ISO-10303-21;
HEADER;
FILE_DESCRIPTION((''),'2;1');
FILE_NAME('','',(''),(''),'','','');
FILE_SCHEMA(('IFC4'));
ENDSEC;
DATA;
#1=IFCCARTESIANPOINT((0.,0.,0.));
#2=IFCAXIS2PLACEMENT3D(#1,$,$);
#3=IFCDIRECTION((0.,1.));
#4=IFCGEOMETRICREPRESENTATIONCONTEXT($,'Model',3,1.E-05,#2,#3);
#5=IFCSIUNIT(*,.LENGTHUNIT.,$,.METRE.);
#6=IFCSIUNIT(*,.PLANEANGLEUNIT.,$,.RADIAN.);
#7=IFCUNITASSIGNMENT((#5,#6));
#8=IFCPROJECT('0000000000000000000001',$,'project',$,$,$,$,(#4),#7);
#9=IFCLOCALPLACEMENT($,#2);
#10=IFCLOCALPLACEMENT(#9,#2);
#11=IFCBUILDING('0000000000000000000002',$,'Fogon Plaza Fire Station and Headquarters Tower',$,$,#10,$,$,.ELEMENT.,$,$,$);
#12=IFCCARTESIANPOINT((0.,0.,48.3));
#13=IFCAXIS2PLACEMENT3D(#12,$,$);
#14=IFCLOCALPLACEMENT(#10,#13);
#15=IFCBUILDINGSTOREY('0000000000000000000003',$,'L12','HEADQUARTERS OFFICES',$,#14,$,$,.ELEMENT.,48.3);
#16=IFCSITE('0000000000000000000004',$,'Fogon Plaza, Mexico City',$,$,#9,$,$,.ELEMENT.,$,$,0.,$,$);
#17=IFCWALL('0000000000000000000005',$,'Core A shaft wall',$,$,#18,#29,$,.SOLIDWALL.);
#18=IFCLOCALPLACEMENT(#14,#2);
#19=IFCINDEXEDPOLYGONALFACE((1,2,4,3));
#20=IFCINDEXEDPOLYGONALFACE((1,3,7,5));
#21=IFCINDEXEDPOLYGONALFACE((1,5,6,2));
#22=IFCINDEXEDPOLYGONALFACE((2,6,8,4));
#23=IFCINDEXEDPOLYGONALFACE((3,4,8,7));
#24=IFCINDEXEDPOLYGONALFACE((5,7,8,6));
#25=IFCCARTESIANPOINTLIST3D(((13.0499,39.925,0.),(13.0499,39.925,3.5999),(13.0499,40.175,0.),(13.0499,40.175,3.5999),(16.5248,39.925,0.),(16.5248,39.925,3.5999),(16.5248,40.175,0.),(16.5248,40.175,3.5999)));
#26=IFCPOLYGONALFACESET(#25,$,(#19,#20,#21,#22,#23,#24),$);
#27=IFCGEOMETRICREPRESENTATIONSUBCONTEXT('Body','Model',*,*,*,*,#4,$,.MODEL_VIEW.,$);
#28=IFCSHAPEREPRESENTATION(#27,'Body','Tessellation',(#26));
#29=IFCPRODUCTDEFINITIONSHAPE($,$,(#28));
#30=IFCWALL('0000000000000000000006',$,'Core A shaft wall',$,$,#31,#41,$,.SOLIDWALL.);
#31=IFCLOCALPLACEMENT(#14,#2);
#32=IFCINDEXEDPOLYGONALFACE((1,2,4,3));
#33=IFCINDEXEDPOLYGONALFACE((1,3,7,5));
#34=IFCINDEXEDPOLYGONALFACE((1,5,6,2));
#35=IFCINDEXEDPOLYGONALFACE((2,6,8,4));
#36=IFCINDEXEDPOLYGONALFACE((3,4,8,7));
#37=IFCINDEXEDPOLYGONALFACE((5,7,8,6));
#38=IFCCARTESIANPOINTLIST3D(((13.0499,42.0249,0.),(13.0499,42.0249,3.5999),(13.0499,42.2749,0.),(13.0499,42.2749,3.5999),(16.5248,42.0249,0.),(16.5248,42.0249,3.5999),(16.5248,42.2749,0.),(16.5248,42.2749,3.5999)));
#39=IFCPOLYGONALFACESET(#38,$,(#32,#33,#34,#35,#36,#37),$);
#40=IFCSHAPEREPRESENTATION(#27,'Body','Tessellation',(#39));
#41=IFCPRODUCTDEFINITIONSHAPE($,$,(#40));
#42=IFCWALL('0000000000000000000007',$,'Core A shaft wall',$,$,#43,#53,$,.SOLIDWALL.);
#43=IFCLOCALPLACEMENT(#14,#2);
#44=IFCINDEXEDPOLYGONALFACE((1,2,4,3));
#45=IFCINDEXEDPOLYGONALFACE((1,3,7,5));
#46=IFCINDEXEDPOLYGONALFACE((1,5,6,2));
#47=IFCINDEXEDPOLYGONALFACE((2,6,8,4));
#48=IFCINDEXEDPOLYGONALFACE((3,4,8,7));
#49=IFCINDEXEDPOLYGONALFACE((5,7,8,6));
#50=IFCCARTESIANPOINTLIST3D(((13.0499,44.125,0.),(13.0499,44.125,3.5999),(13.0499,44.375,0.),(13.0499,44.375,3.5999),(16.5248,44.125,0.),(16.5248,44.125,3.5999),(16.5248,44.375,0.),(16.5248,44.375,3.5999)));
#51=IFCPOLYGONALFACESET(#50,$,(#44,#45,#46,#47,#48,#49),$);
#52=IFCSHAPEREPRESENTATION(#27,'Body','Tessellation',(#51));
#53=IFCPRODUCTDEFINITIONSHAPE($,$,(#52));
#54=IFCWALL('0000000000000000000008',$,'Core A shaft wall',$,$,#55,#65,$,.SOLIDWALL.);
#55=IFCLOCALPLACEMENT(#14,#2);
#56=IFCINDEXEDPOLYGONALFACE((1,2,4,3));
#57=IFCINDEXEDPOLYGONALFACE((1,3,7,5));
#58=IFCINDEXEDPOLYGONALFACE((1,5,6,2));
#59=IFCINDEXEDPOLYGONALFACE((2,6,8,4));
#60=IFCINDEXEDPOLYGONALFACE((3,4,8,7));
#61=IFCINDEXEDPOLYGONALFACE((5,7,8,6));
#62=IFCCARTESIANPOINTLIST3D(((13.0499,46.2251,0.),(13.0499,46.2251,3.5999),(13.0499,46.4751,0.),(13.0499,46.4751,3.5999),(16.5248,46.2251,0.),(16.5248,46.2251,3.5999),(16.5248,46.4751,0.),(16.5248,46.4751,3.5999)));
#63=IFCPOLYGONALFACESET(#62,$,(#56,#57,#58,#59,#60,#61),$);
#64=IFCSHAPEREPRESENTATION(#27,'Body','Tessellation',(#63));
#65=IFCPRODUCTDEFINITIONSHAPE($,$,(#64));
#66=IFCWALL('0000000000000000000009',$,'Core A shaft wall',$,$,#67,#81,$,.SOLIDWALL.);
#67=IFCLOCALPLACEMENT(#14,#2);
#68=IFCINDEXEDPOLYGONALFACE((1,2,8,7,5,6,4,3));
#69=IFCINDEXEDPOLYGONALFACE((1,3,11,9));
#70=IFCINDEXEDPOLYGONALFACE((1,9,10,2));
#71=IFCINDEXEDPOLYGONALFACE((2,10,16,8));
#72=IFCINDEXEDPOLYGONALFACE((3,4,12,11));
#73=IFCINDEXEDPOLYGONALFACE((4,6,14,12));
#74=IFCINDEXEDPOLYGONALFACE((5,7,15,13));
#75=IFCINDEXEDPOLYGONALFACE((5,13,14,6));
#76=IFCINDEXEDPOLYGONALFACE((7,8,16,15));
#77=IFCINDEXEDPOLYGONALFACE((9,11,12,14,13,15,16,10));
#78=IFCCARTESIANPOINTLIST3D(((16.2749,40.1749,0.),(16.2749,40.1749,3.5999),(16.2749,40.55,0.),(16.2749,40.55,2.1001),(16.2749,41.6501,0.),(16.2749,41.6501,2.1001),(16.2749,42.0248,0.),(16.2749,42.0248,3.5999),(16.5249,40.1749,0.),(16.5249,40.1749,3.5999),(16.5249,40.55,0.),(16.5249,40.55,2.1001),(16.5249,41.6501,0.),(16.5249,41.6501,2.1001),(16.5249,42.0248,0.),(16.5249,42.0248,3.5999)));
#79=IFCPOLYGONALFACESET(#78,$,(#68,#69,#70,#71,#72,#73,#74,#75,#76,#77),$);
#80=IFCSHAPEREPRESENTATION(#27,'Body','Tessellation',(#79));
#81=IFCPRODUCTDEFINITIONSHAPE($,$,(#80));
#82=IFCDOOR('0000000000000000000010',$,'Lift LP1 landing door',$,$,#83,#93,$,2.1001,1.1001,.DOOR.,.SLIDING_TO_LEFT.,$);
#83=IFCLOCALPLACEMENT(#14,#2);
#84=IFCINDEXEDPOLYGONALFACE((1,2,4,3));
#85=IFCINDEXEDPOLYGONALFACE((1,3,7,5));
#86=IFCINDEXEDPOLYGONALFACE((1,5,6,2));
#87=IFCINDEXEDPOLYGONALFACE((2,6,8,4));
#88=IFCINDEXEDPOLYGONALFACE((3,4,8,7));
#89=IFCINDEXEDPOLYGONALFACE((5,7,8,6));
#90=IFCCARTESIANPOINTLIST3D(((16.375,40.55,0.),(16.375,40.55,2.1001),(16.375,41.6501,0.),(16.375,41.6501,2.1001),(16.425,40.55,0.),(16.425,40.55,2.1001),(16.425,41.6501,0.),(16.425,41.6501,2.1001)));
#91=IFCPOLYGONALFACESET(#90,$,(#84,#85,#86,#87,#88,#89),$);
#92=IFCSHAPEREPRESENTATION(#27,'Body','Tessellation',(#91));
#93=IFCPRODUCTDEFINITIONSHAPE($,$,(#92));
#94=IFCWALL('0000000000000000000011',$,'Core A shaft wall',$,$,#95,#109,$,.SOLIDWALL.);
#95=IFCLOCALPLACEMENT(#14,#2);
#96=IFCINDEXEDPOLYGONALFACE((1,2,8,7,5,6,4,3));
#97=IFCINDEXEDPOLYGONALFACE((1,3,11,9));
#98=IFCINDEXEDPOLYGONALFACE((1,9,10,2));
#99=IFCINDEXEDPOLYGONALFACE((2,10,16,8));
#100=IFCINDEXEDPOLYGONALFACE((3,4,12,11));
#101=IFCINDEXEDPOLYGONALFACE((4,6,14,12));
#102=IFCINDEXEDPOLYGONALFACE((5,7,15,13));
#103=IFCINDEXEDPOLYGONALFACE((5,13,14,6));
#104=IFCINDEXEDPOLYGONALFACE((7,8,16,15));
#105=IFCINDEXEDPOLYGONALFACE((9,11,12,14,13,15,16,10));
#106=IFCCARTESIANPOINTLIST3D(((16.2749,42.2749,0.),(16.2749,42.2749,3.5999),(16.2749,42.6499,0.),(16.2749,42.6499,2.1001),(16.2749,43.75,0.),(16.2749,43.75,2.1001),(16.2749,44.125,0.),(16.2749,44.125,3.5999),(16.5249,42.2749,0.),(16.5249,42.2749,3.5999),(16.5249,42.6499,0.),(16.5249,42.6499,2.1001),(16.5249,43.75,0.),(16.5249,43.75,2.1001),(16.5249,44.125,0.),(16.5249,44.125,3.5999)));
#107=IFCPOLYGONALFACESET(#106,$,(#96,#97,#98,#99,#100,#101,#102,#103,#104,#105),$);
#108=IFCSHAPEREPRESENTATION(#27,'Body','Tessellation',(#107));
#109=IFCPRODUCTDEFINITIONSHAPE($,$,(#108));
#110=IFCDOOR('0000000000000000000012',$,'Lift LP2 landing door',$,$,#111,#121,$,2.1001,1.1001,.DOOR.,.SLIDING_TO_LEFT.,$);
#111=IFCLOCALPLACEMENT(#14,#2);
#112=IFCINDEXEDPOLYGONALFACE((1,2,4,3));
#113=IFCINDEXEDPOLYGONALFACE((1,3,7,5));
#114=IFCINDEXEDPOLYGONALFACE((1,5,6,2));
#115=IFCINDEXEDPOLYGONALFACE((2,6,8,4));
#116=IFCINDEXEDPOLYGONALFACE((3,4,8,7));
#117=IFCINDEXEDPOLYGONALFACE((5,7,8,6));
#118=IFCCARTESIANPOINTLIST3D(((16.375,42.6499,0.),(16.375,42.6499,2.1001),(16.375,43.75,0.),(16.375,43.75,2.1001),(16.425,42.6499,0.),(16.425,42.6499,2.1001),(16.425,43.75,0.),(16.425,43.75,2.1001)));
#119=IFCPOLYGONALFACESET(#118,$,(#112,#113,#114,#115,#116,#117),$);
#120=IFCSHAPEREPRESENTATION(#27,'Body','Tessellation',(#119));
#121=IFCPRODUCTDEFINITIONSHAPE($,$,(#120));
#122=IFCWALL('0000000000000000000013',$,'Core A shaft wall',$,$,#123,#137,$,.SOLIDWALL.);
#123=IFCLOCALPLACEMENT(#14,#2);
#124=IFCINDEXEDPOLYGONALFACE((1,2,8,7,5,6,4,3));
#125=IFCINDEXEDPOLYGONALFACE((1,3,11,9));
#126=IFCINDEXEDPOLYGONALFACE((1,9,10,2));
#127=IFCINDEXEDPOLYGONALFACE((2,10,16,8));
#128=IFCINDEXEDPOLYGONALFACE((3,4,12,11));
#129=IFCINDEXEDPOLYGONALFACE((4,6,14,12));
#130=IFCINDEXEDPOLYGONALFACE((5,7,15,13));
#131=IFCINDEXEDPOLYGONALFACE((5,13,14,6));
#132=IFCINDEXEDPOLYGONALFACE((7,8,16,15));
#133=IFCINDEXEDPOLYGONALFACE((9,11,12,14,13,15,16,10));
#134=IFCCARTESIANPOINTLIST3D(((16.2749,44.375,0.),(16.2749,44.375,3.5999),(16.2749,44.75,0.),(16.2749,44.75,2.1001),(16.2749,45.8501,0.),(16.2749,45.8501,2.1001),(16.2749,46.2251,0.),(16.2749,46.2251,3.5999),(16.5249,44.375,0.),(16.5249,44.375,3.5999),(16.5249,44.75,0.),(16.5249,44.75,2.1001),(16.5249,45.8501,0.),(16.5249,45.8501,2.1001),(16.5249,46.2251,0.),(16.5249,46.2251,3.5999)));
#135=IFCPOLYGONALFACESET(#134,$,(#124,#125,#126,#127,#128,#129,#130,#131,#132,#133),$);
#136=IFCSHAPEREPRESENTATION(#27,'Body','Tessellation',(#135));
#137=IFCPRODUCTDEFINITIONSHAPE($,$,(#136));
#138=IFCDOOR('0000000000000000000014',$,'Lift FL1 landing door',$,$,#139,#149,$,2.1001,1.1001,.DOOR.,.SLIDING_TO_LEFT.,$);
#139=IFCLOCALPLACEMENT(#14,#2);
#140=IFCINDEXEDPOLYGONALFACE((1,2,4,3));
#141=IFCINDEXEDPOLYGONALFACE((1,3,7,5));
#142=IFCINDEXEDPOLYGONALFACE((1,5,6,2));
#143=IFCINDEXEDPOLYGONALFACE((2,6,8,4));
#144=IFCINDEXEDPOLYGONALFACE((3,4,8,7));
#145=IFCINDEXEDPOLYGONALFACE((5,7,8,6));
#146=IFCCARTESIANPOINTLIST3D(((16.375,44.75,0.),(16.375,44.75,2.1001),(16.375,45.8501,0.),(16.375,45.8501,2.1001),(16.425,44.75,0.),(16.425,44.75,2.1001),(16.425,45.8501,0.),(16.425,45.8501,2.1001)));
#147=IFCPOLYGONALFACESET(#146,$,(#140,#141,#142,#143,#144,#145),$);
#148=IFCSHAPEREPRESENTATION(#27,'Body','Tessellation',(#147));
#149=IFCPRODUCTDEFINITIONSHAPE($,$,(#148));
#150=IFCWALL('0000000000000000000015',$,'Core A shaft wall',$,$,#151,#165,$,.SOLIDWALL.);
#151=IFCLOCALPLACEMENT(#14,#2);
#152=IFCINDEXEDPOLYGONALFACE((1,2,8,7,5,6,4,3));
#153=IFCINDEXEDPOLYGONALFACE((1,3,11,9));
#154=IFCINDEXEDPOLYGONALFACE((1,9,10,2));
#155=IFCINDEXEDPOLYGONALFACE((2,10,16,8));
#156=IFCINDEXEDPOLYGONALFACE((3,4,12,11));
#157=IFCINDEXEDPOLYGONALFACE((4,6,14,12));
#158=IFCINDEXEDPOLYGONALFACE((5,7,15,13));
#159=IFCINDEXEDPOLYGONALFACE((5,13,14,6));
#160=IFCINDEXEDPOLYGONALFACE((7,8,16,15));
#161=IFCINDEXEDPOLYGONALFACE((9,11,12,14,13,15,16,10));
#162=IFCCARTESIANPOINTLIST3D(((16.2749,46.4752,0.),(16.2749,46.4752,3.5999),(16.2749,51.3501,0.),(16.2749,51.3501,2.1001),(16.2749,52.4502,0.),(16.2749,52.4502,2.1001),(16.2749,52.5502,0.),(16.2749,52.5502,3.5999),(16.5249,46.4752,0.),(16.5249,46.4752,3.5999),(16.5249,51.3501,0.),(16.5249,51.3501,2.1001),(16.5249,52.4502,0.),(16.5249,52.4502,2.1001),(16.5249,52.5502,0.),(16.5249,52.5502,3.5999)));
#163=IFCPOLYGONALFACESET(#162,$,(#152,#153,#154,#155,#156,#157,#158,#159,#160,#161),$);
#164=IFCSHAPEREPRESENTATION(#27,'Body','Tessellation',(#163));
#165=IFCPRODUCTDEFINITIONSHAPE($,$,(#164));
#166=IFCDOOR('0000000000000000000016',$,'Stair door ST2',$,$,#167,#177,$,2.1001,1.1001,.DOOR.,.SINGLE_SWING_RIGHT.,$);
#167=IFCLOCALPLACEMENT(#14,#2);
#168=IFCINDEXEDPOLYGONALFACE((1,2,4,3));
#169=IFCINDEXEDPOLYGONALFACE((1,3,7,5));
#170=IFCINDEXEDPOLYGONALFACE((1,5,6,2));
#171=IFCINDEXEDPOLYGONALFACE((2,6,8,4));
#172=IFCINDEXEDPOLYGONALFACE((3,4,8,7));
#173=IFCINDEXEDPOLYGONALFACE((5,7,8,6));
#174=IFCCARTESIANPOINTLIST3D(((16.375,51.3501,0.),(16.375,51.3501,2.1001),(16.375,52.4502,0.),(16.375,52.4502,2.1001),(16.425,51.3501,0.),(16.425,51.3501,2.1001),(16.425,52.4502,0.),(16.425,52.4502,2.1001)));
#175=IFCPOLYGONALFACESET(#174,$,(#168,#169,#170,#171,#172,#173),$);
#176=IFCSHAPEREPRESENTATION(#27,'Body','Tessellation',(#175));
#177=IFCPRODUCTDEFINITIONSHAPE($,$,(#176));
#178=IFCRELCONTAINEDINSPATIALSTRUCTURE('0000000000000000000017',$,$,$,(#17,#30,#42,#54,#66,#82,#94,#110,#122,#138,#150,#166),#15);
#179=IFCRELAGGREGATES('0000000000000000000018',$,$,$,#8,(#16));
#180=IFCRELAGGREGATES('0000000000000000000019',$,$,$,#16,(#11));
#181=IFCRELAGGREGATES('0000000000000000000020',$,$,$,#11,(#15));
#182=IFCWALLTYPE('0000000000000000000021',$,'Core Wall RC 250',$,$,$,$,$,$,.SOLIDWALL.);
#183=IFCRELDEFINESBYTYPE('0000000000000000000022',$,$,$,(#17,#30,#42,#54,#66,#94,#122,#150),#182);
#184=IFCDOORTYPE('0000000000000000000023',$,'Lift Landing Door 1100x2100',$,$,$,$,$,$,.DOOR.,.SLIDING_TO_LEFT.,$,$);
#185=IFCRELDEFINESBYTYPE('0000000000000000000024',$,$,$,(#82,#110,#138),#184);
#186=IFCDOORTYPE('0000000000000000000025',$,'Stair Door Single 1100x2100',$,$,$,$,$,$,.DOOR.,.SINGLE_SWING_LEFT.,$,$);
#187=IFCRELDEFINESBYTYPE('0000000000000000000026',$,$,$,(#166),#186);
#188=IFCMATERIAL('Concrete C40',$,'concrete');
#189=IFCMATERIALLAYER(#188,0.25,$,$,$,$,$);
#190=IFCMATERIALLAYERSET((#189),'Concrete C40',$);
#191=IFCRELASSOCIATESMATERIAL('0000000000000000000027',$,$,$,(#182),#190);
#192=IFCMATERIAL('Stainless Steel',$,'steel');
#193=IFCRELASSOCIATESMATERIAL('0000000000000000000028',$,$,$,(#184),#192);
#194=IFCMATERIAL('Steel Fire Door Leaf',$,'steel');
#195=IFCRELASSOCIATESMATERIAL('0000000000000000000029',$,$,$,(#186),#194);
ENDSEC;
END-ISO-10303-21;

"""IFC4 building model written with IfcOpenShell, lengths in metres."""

from ifc_helpers import new_model, si_unit, direction, frame, frame_2d, origin, place, context, subcontext, project, spatial, rectangle, extrude, material, layer, layer_set, type_object, element, fill, save


model = new_model("IFC4")

# Units and contexts
model_context = context("Model", 3, precision=1e-05, world=origin(), true_north=direction((0.0, 1.0)))
body_context = subcontext(model_context, "Body", "Model", "MODEL_VIEW")
ifc_project = project(units=[si_unit("LENGTHUNIT", "METRE"), si_unit("PLANEANGLEUNIT", "RADIAN")], contexts=[model_context])

# Site, building, storey
site_placement = place(None, origin())
site = spatial("IfcSite", under=ifc_project, at=site_placement, Name="Fogon Plaza, Mexico City", CompositionType="ELEMENT", RefElevation=0.0)
building_placement = place(site_placement, origin())
building = spatial("IfcBuilding", under=site, at=building_placement, Name="Fogon Plaza Fire Station and Headquarters Tower", CompositionType="ELEMENT")
storey_placement = place(building_placement, frame((0.0, 0.0, 48.3)))
storey = spatial("IfcBuildingStorey", under=building, at=storey_placement, Name="L12", Description="HEADQUARTERS OFFICES", CompositionType="ELEMENT", Elevation=48.3)

# Walls
ifc_material_1 = material(Name="Concrete C40", Category="concrete")
ifc_layer_1 = layer(ifc_material_1, 0.25)
ifc_layer_set_1 = layer_set([ifc_layer_1], Name="Concrete C40")
wall_type_1 = type_object("IfcWallType", Name="Core Wall RC 250", PredefinedType="SOLIDWALL", material=ifc_layer_set_1)
for number, where, z_axis, x_axis, name in (
    (1, (13.05, 40.05, 0.0), (0.0, 0.0, 1.0), (1.0, 0.0, 0.0), "Core A shaft wall"),
    (2, (13.05, 42.1499, 0.0), (0.0, 0.0, 1.0), (1.0, 0.0, 0.0), "Core A shaft wall"),
    (3, (13.05, 44.25, 0.0), (0.0, 0.0, 1.0), (1.0, 0.0, 0.0), "Core A shaft wall"),
    (4, (13.05, 46.3501, 0.0), (0.0, 0.0, 1.0), (1.0, 0.0, 0.0), "Core A shaft wall"),
):
    element("IfcWall", number, at=place(storey_placement, frame(where, z_axis=z_axis, x_axis=x_axis)), inside=storey, type_object=wall_type_1, Name=name, PredefinedType="SOLIDWALL", context=body_context, shape_type="SweptSolid", body=[
        extrude(rectangle(XDim=3.4749, YDim=0.25, at=frame_2d((1.7373, 0.0))), origin(), (0.0, 0.0, 1.0), 3.5999),
    ])

# Walls, openings, doors
wall_1_placement = place(storey_placement, frame((16.3999, 40.175, 0.0), z_axis=(0.0, 0.0, 1.0), x_axis=(0.0, 1.0, 0.0)))
wall_1 = element("IfcWall", 5, at=wall_1_placement, inside=storey, type_object=wall_type_1, Name="Core A shaft wall", PredefinedType="SOLIDWALL", context=body_context, shape_type="SweptSolid", body=[
    extrude(rectangle(XDim=1.8499, YDim=0.25, at=frame_2d((0.9248, 0.0))), origin(), (0.0, 0.0, 1.0), 3.5999),
])
opening_1_placement = place(wall_1_placement, frame((0.375, 0.0, 0.0)))
opening_1 = element("IfcOpeningElement", 6, at=opening_1_placement, cuts=wall_1, PredefinedType="OPENING", context=body_context, shape_type="SweptSolid", body=[
    extrude(rectangle(XDim=1.1001, YDim=2.1001, at=frame_2d((0.55, 1.05))), frame((0.0, 0.135, 0.0), z_axis=(0.0, -1.0, 0.0), x_axis=(1.0, 0.0, 0.0)), (0.0, 0.0, 1.0), 0.27),
])
ifc_material_2 = material(Name="Stainless Steel", Category="steel")
door_type_1 = type_object("IfcDoorType", Name="Lift Landing Door 1100x2100", OperationType="SLIDING_TO_LEFT", PredefinedType="DOOR", material=ifc_material_2)
door_1_placement = place(opening_1_placement, origin())
door_1 = element("IfcDoor", 7, at=door_1_placement, inside=storey, type_object=door_type_1, Name="Lift LP1 landing door", OperationType="SLIDING_TO_LEFT", OverallHeight=2.1001, OverallWidth=1.1001, PredefinedType="DOOR", context=body_context, shape_type="SweptSolid", body=[
    extrude(rectangle(XDim=1.1001, YDim=2.1001, at=frame_2d((0.55, 1.05))), frame((0.0, 0.0249, 0.0), z_axis=(0.0, -1.0, 0.0), x_axis=(1.0, 0.0, 0.0)), (0.0, 0.0, 1.0), 0.05),
])
fill(opening_1, door_1)
wall_2_placement = place(storey_placement, frame((16.3999, 42.2749, 0.0), z_axis=(0.0, 0.0, 1.0), x_axis=(0.0, 1.0, 0.0)))
wall_2 = element("IfcWall", 8, at=wall_2_placement, inside=storey, type_object=wall_type_1, Name="Core A shaft wall", PredefinedType="SOLIDWALL", context=body_context, shape_type="SweptSolid", body=[
    extrude(rectangle(XDim=1.8501, YDim=0.25, at=frame_2d((0.925, 0.0))), origin(), (0.0, 0.0, 1.0), 3.5999),
])
opening_2_placement = place(wall_2_placement, frame((0.375, 0.0, 0.0)))
opening_2 = element("IfcOpeningElement", 9, at=opening_2_placement, cuts=wall_2, PredefinedType="OPENING", context=body_context, shape_type="SweptSolid", body=[
    extrude(rectangle(XDim=1.1001, YDim=2.1001, at=frame_2d((0.55, 1.05))), frame((0.0, 0.135, 0.0), z_axis=(0.0, -1.0, 0.0), x_axis=(1.0, 0.0, 0.0)), (0.0, 0.0, 1.0), 0.27),
])
door_2_placement = place(opening_2_placement, origin())
door_2 = element("IfcDoor", 10, at=door_2_placement, inside=storey, type_object=door_type_1, Name="Lift LP2 landing door", OperationType="SLIDING_TO_LEFT", OverallHeight=2.1001, OverallWidth=1.1001, PredefinedType="DOOR", context=body_context, shape_type="SweptSolid", body=[
    extrude(rectangle(XDim=1.1001, YDim=2.1001, at=frame_2d((0.55, 1.05))), frame((0.0, 0.0249, 0.0), z_axis=(0.0, -1.0, 0.0), x_axis=(1.0, 0.0, 0.0)), (0.0, 0.0, 1.0), 0.05),
])
fill(opening_2, door_2)
wall_3_placement = place(storey_placement, frame((16.3999, 44.375, 0.0), z_axis=(0.0, 0.0, 1.0), x_axis=(0.0, 1.0, 0.0)))
wall_3 = element("IfcWall", 11, at=wall_3_placement, inside=storey, type_object=wall_type_1, Name="Core A shaft wall", PredefinedType="SOLIDWALL", context=body_context, shape_type="SweptSolid", body=[
    extrude(rectangle(XDim=1.8501, YDim=0.25, at=frame_2d((0.925, 0.0))), origin(), (0.0, 0.0, 1.0), 3.5999),
])
opening_3_placement = place(wall_3_placement, frame((0.375, 0.0, 0.0)))
opening_3 = element("IfcOpeningElement", 12, at=opening_3_placement, cuts=wall_3, PredefinedType="OPENING", context=body_context, shape_type="SweptSolid", body=[
    extrude(rectangle(XDim=1.1001, YDim=2.1001, at=frame_2d((0.55, 1.05))), frame((0.0, 0.135, 0.0), z_axis=(0.0, -1.0, 0.0), x_axis=(1.0, 0.0, 0.0)), (0.0, 0.0, 1.0), 0.27),
])
door_3_placement = place(opening_3_placement, origin())
door_3 = element("IfcDoor", 13, at=door_3_placement, inside=storey, type_object=door_type_1, Name="Lift FL1 landing door", OperationType="SLIDING_TO_LEFT", OverallHeight=2.1001, OverallWidth=1.1001, PredefinedType="DOOR", context=body_context, shape_type="SweptSolid", body=[
    extrude(rectangle(XDim=1.1001, YDim=2.1001, at=frame_2d((0.55, 1.05))), frame((0.0, 0.0249, 0.0), z_axis=(0.0, -1.0, 0.0), x_axis=(1.0, 0.0, 0.0)), (0.0, 0.0, 1.0), 0.05),
])
fill(opening_3, door_3)
wall_4_placement = place(storey_placement, frame((16.3999, 46.4751, 0.0), z_axis=(0.0, 0.0, 1.0), x_axis=(0.0, 1.0, 0.0)))
wall_4 = element("IfcWall", 14, at=wall_4_placement, inside=storey, type_object=wall_type_1, Name="Core A shaft wall", PredefinedType="SOLIDWALL", context=body_context, shape_type="SweptSolid", body=[
    extrude(rectangle(XDim=6.075, YDim=0.25, at=frame_2d((3.0376, 0.0))), origin(), (0.0, 0.0, 1.0), 3.5999),
])
opening_4_placement = place(wall_4_placement, frame((4.875, 0.0, 0.0)))
opening_4 = element("IfcOpeningElement", 15, at=opening_4_placement, cuts=wall_4, PredefinedType="OPENING", context=body_context, shape_type="SweptSolid", body=[
    extrude(rectangle(XDim=1.1001, YDim=2.1001, at=frame_2d((0.55, 1.05))), frame((0.0, 0.135, 0.0), z_axis=(0.0, -1.0, 0.0), x_axis=(1.0, 0.0, 0.0)), (0.0, 0.0, 1.0), 0.27),
])
ifc_material_3 = material(Name="Steel Fire Door Leaf", Category="steel")
door_type_2 = type_object("IfcDoorType", Name="Stair Door Single 1100x2100", OperationType="SINGLE_SWING_LEFT", PredefinedType="DOOR", material=ifc_material_3)
door_4_placement = place(opening_4_placement, origin())
door_4 = element("IfcDoor", 16, at=door_4_placement, inside=storey, type_object=door_type_2, Name="Stair door ST2", OperationType="SINGLE_SWING_RIGHT", OverallHeight=2.1001, OverallWidth=1.1001, PredefinedType="DOOR", context=body_context, shape_type="SweptSolid", body=[
    extrude(rectangle(XDim=1.1001, YDim=2.1001, at=frame_2d((0.55, 1.05))), frame((0.0, 0.0249, 0.0), z_axis=(0.0, -1.0, 0.0), x_axis=(1.0, 0.0, 0.0)), (0.0, 0.0, 1.0), 0.05),
])
fill(opening_4, door_4)

save(model, "model.ifc")
